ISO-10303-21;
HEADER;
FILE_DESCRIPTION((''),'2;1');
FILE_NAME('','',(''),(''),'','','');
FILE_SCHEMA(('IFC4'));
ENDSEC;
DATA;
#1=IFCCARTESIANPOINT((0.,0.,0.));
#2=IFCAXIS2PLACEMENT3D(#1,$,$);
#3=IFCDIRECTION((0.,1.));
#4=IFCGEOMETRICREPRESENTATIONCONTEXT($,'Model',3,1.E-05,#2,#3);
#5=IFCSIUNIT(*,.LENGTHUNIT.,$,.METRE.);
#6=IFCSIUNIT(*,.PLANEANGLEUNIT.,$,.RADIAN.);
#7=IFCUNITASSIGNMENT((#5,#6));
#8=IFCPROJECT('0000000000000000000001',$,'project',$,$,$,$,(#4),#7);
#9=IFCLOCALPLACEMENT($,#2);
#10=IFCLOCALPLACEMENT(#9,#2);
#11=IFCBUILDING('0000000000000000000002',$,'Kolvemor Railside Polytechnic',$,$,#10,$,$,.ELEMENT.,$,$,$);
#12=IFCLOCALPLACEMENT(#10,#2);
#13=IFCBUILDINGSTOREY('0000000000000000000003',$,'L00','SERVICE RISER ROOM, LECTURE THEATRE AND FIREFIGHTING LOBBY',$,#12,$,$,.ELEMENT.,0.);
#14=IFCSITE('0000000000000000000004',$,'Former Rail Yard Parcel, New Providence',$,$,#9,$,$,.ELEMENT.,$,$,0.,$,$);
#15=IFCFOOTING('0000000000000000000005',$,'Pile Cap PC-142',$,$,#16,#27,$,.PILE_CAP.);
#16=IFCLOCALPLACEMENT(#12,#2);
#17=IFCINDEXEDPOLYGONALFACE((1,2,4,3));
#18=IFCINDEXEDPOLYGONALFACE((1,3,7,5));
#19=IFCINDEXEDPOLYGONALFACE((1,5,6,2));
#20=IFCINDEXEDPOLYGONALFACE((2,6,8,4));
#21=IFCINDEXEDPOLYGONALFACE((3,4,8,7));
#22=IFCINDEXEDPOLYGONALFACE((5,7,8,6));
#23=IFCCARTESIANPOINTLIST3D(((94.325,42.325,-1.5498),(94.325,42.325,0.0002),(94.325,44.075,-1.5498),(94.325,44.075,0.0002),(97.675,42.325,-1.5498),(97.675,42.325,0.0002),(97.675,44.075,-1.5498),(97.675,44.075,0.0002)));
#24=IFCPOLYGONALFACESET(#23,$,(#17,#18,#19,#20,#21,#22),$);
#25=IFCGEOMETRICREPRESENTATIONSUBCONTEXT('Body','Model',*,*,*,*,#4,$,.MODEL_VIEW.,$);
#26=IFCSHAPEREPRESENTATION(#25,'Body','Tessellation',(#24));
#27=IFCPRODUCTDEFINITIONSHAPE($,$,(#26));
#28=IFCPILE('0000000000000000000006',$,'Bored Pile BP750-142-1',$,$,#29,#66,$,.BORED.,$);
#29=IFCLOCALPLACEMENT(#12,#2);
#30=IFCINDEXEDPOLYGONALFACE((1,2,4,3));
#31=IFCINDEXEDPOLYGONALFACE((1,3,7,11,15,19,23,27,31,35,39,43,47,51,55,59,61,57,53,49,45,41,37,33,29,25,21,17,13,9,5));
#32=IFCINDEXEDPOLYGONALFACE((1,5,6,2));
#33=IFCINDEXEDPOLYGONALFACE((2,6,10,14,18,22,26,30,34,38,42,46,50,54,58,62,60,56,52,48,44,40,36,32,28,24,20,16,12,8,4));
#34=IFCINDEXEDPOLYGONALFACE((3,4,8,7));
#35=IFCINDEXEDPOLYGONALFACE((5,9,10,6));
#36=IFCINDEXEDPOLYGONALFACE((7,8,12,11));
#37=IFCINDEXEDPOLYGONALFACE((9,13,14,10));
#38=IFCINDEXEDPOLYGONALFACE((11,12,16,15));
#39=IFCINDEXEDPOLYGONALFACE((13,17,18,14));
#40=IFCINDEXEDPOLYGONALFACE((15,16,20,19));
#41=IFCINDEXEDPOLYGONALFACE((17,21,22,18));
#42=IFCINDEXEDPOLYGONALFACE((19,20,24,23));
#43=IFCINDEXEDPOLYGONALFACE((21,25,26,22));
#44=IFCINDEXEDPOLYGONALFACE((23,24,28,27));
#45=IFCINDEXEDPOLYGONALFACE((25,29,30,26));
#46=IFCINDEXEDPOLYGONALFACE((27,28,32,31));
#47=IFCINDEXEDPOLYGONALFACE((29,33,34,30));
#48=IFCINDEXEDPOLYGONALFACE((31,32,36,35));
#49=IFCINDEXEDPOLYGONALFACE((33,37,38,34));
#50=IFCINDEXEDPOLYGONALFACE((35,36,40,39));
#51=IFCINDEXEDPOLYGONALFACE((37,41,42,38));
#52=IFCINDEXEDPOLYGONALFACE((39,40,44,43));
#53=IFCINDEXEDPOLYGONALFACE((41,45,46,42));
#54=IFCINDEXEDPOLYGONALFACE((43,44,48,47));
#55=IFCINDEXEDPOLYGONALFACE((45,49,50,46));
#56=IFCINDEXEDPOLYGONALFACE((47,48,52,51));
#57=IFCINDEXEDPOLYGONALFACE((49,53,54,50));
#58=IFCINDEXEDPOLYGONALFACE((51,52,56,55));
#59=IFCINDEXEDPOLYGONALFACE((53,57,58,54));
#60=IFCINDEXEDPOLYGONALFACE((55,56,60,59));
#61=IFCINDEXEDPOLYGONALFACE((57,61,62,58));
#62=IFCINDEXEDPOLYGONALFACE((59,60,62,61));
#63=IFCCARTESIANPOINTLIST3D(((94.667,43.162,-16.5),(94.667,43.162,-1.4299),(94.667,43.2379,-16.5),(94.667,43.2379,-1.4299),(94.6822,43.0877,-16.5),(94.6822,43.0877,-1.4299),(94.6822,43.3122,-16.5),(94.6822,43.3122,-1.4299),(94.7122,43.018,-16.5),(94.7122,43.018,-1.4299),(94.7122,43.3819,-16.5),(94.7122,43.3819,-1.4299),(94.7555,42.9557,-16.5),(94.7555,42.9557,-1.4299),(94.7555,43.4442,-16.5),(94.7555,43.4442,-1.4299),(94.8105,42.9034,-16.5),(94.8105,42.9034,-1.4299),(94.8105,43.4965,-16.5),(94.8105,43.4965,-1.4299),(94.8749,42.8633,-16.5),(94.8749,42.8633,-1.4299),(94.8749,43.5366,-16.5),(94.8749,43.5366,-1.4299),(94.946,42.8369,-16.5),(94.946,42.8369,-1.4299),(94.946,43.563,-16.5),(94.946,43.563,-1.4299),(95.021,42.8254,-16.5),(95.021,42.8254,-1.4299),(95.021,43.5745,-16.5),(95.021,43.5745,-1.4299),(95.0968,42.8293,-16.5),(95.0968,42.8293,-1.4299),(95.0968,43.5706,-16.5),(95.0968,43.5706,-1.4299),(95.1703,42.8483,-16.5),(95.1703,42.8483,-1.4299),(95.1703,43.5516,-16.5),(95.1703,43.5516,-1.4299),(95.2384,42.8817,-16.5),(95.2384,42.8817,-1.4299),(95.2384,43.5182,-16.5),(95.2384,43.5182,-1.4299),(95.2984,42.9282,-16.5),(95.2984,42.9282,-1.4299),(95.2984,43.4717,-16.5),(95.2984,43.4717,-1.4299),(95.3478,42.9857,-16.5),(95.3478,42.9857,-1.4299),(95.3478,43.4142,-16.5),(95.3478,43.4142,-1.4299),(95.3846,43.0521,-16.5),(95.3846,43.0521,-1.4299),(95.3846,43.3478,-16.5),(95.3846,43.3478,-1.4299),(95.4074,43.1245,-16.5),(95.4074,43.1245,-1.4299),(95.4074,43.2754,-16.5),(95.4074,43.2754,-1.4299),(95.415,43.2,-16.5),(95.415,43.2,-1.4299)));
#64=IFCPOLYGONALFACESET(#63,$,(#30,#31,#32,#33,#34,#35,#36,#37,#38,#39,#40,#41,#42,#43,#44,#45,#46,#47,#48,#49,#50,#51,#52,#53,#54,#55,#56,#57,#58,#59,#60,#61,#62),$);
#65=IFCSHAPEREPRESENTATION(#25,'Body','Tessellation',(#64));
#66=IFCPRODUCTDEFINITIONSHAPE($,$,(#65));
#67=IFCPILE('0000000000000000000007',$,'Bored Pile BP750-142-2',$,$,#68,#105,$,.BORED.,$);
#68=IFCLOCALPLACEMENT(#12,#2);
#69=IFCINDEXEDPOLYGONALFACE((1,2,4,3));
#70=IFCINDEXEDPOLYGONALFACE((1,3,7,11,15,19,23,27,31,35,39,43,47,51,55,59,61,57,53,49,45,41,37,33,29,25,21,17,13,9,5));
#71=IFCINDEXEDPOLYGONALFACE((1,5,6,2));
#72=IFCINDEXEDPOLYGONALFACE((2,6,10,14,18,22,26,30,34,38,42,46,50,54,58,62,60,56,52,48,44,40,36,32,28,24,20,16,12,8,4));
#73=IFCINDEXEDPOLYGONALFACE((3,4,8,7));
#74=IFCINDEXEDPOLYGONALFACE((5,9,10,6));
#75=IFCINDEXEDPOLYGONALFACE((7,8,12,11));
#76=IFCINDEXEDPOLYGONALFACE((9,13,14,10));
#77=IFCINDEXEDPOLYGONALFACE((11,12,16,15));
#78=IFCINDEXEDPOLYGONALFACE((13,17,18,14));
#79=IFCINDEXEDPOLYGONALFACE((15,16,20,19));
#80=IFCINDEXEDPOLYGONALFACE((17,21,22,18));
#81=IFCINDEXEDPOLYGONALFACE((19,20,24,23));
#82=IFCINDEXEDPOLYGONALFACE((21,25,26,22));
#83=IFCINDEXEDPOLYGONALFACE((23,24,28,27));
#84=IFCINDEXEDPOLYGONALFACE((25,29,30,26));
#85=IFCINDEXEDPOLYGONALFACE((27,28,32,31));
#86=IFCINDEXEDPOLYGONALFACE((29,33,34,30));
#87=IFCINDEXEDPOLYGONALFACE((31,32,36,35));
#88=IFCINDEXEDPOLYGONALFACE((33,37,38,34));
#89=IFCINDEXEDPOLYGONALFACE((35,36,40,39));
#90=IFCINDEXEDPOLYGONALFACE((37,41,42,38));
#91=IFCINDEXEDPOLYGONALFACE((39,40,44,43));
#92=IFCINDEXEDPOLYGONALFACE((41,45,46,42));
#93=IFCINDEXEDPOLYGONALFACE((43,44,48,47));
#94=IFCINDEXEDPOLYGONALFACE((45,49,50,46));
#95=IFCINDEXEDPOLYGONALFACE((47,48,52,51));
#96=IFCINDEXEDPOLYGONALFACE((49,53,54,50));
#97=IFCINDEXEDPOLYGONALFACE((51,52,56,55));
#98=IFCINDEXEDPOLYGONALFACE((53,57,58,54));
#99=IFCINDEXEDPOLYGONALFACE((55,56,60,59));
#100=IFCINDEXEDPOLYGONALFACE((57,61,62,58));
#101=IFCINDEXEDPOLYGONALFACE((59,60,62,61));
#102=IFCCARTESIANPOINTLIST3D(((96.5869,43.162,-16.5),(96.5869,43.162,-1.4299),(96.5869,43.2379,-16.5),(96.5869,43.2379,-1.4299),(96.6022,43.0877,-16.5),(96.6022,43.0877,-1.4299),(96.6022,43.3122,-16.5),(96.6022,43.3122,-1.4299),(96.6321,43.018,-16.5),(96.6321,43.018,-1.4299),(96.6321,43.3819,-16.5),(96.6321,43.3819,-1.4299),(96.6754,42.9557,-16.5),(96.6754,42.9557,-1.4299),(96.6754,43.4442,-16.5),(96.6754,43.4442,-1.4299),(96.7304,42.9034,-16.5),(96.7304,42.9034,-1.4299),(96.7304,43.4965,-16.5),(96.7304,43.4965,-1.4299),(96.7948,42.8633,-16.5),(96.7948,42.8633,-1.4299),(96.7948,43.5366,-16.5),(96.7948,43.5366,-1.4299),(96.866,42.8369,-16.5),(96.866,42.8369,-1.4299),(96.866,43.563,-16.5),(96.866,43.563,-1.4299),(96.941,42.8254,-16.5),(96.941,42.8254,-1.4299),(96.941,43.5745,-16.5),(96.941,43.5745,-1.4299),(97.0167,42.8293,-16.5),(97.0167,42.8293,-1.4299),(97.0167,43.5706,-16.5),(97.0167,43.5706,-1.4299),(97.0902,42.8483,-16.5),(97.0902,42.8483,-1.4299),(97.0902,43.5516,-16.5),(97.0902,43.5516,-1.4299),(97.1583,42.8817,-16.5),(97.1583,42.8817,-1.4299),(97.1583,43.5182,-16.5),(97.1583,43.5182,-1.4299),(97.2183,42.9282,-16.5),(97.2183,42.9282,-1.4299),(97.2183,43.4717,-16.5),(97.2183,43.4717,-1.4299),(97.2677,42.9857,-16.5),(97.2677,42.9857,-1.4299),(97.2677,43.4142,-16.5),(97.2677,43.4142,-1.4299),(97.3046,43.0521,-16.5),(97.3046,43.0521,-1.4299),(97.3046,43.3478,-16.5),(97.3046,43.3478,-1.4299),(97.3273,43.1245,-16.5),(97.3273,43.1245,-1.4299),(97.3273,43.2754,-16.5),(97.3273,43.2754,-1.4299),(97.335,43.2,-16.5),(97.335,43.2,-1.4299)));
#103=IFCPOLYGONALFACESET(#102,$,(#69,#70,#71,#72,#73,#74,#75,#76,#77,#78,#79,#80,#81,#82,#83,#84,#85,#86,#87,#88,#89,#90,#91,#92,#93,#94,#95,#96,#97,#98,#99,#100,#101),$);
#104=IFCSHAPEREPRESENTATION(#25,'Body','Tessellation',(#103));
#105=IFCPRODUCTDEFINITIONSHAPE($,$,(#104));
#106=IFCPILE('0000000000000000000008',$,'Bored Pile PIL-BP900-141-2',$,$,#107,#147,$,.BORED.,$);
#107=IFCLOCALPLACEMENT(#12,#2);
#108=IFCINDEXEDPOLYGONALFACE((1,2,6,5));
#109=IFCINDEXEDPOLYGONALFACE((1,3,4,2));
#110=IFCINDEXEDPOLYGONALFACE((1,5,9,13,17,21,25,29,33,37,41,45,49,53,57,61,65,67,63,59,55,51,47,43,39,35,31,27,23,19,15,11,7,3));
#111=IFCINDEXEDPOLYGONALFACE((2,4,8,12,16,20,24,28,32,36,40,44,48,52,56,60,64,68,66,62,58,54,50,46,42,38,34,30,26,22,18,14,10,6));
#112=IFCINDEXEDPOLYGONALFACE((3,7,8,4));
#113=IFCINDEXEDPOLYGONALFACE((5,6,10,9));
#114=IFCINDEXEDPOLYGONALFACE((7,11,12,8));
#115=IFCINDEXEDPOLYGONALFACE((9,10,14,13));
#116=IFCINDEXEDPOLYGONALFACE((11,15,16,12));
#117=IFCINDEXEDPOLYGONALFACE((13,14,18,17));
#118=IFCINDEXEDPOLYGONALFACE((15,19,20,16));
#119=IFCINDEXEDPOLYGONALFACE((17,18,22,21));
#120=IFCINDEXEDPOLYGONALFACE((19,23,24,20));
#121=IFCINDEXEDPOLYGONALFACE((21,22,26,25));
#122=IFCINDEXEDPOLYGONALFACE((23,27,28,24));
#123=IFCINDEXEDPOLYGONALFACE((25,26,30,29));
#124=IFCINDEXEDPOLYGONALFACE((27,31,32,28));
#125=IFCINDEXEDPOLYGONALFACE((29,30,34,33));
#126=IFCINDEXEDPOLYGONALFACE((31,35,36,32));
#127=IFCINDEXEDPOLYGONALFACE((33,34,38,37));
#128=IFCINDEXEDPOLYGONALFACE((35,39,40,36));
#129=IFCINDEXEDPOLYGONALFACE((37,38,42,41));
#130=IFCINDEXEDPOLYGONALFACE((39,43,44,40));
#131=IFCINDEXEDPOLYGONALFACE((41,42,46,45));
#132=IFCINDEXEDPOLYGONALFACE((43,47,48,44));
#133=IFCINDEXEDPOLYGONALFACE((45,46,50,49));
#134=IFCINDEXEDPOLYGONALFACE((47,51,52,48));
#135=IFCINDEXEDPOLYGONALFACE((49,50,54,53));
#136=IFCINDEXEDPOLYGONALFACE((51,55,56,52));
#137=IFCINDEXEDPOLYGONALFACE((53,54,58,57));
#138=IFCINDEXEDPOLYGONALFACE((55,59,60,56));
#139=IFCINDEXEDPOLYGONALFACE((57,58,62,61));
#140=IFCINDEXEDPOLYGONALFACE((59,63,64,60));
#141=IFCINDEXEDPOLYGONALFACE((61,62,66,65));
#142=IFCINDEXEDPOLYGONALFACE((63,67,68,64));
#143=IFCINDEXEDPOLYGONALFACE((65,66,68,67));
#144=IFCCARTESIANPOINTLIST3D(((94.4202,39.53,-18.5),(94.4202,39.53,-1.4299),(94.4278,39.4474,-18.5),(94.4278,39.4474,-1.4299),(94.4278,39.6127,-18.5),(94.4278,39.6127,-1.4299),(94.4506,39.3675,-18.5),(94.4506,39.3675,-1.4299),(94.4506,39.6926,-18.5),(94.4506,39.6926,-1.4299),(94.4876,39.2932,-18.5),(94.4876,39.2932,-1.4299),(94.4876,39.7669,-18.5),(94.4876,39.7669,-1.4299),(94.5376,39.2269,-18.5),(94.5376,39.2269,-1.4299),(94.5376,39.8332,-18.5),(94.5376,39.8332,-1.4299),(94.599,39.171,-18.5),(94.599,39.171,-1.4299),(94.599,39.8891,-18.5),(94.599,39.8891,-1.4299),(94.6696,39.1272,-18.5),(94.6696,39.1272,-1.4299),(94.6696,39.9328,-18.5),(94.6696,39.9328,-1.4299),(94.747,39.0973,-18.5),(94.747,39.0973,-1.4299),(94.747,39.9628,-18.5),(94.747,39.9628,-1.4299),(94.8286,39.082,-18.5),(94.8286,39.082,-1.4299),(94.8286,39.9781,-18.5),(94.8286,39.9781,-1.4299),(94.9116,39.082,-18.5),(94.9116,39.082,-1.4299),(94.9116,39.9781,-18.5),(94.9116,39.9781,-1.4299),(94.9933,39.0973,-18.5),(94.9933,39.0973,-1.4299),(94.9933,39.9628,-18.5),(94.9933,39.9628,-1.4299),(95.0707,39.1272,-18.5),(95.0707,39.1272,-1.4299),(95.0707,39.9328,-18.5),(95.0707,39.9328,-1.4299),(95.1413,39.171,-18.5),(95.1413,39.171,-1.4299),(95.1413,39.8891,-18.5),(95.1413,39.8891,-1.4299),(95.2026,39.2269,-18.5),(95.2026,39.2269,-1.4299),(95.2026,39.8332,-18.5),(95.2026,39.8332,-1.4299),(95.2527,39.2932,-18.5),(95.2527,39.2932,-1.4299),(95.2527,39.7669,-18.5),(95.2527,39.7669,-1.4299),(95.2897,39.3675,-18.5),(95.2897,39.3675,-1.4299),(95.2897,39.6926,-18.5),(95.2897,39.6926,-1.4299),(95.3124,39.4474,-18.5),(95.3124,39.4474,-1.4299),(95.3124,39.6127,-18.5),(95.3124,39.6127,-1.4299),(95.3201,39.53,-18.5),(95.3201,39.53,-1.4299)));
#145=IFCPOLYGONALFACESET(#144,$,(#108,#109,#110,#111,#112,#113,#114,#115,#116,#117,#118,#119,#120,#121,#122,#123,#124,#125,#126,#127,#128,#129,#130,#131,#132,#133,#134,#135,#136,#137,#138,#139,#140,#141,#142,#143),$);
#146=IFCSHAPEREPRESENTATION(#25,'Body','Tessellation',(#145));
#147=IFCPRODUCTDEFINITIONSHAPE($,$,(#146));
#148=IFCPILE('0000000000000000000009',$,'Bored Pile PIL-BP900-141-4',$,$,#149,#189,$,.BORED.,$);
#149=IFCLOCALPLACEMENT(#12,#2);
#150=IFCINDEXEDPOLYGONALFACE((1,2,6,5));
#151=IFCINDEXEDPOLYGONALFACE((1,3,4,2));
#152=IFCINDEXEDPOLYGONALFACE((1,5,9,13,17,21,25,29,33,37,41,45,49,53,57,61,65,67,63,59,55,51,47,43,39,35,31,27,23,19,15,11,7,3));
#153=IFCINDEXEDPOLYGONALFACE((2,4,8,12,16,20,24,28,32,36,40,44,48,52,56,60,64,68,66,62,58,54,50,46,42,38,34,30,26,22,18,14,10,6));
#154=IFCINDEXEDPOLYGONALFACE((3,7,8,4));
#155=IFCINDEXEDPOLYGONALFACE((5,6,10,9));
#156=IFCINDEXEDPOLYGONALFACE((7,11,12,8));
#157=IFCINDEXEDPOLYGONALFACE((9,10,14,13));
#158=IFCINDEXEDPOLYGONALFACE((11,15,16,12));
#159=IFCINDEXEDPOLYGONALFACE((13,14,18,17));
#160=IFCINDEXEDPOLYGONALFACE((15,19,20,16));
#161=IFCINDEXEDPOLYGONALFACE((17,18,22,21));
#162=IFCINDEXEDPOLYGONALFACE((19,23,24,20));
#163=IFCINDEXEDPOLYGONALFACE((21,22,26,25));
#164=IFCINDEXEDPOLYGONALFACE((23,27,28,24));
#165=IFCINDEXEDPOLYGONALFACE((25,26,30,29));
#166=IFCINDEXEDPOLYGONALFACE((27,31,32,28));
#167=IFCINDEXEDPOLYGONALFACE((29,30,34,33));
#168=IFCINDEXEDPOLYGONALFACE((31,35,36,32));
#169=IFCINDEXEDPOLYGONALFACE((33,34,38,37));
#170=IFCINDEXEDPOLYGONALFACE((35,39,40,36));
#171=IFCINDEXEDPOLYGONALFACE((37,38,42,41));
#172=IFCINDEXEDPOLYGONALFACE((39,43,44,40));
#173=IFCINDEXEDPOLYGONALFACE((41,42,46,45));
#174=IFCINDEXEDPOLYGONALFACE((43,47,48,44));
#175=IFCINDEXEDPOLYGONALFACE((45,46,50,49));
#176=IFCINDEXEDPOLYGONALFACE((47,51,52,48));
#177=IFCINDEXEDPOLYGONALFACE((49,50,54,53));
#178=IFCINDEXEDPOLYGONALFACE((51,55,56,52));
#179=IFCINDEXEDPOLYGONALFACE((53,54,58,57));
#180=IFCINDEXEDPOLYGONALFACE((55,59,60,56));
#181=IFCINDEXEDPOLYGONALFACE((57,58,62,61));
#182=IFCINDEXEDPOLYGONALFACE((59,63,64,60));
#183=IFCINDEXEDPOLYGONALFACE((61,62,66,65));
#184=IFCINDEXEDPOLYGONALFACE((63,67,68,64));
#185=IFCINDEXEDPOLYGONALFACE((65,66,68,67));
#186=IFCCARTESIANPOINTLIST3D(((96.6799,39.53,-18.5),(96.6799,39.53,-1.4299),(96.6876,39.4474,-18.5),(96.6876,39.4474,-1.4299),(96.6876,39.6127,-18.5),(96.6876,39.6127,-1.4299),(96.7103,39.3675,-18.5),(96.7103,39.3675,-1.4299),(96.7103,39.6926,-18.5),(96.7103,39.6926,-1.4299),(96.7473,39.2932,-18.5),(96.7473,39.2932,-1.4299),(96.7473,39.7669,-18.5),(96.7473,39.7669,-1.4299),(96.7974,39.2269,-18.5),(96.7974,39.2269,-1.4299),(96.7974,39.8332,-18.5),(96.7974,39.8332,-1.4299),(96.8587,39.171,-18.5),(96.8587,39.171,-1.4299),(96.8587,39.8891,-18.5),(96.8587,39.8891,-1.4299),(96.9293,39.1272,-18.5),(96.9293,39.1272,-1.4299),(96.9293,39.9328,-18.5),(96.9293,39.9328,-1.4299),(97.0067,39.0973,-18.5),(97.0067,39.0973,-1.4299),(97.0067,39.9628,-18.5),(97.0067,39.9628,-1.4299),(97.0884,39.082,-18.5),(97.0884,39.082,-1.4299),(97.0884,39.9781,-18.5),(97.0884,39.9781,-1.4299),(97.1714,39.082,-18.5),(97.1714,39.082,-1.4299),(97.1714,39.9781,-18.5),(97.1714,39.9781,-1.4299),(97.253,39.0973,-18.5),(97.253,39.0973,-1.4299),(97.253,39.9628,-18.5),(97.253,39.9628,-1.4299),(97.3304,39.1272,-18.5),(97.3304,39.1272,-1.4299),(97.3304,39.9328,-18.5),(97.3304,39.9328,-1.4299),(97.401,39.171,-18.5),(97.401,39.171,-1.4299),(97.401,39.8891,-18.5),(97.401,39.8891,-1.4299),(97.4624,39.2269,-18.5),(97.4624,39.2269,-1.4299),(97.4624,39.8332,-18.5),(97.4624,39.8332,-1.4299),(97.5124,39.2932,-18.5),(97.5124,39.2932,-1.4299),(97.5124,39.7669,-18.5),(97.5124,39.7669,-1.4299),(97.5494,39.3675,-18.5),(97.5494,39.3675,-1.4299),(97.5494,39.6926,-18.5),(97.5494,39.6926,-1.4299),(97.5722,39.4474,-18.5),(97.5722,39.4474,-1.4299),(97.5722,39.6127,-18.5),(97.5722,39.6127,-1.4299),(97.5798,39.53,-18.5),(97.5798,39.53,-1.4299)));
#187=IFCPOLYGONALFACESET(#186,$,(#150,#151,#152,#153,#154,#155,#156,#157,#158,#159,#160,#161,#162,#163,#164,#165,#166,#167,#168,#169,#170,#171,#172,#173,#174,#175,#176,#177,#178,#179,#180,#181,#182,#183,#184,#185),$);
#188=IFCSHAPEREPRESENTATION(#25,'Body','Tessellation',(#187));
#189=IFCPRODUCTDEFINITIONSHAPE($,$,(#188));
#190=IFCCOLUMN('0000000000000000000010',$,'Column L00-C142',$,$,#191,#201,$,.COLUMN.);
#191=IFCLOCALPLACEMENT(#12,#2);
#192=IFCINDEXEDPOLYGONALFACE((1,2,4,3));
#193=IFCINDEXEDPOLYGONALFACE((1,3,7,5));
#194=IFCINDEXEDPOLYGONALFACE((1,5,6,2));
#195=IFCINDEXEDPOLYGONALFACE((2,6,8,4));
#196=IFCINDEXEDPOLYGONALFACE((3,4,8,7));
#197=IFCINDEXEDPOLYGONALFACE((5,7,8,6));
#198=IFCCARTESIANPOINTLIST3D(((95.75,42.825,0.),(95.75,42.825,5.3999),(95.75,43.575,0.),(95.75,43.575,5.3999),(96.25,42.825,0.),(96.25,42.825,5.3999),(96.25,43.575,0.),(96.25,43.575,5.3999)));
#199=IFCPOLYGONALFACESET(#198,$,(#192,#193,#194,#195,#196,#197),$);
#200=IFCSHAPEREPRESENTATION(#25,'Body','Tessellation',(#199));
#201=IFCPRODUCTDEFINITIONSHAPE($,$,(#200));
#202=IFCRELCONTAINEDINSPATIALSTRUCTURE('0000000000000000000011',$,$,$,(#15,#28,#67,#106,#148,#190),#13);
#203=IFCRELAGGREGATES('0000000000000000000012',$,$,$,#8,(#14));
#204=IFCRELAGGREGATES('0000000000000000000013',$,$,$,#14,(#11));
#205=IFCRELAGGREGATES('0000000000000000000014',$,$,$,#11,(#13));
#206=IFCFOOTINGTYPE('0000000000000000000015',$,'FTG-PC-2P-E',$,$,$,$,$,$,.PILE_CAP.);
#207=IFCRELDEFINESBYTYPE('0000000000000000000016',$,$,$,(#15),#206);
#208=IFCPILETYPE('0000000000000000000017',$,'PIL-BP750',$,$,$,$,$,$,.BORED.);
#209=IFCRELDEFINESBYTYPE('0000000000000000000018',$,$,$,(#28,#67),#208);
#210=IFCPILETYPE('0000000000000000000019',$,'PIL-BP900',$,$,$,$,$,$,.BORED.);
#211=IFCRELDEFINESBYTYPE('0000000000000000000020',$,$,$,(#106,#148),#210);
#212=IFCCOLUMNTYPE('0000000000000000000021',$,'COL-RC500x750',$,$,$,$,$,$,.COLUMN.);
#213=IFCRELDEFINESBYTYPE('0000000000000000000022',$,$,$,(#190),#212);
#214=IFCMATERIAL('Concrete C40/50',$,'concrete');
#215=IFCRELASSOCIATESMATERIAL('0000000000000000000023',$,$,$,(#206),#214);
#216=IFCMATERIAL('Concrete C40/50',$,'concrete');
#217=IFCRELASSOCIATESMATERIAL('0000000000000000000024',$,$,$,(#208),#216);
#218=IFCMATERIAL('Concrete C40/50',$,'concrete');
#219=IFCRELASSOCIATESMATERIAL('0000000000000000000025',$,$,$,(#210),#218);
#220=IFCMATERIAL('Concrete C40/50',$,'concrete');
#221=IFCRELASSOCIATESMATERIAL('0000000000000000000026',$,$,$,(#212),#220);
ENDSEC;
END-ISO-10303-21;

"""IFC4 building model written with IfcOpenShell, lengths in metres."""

from ifc_helpers import new_model, si_unit, direction, frame, origin, origin_2d, place, context, subcontext, project, spatial, rectangle, circle, extrude, material, material_profile, profile_set, type_object, element, save


model = new_model("IFC4")

# Units and contexts
model_context = context("Model", 3, precision=1e-05, world=origin(), true_north=direction((0.0, 1.0)))
body_context = subcontext(model_context, "Body", "Model", "MODEL_VIEW")
ifc_project = project(units=[si_unit("LENGTHUNIT", "METRE"), si_unit("PLANEANGLEUNIT", "RADIAN")], contexts=[model_context])

# Site, building, storey
site_placement = place(None, origin())
site = spatial("IfcSite", under=ifc_project, at=site_placement, Name="Former Rail Yard Parcel, New Providence", CompositionType="ELEMENT", RefElevation=0.0)
building_placement = place(site_placement, origin())
building = spatial("IfcBuilding", under=site, at=building_placement, Name="Kolvemor Railside Polytechnic", CompositionType="ELEMENT")
storey_placement = place(building_placement, origin())
storey = spatial("IfcBuildingStorey", under=building, at=storey_placement, Name="L00", Description="SERVICE RISER ROOM, LECTURE THEATRE AND FIREFIGHTING LOBBY", CompositionType="ELEMENT", Elevation=0.0)

# Footing
ifc_material_1 = material(Name="Concrete C40/50", Category="concrete")
footing_type = type_object("IfcFootingType", Name="FTG-PC-2P-E", PredefinedType="PILE_CAP", material=ifc_material_1)
footing_placement = place(storey_placement, frame((96.0, 43.2, -1.5498), z_axis=(0.0, 0.0, 1.0), x_axis=(1.0, 0.0, 0.0)))
element("IfcFooting", 1, at=footing_placement, inside=storey, type_object=footing_type, Name="Pile Cap PC-142", PredefinedType="PILE_CAP", context=body_context, shape_type="SweptSolid", body=[
    extrude(rectangle(XDim=3.3501, YDim=1.75, at=origin_2d()), origin(), (0.0, 0.0, 1.0), 1.55),
])

# Piles
ifc_material_2 = material(Name="Concrete C40/50", Category="concrete")
ifc_material_profile_1 = material_profile(ifc_material_2, circle(Radius=0.375, at=origin_2d()), Name="BP750")
ifc_profile_set_1 = profile_set([ifc_material_profile_1], Name="Concrete C40/50")
pile_type_1 = type_object("IfcPileType", Name="PIL-BP750", PredefinedType="BORED", material=ifc_profile_set_1)
for number, where, z_axis, x_axis, name in (
    (2, (95.04, 43.2, -1.4299), (0.0, 0.0, -1.0), (1.0, 0.0, 0.0), "Bored Pile BP750-142-1"),
    (3, (96.96, 43.2, -1.4299), (0.0, 0.0, -1.0), (1.0, 0.0, 0.0), "Bored Pile BP750-142-2"),
):
    element("IfcPile", number, at=place(storey_placement, frame(where, z_axis=z_axis, x_axis=x_axis)), inside=storey, type_object=pile_type_1, Name=name, PredefinedType="BORED", context=body_context, shape_type="SweptSolid", body=[
        extrude(circle(Radius=0.375, at=origin_2d()), origin(), (0.0, 0.0, 1.0), 15.0701),
    ])
ifc_material_3 = material(Name="Concrete C40/50", Category="concrete")
ifc_material_profile_2 = material_profile(ifc_material_3, circle(Radius=0.45, at=origin_2d()), Name="BP900")
ifc_profile_set_2 = profile_set([ifc_material_profile_2], Name="Concrete C40/50")
pile_type_2 = type_object("IfcPileType", Name="PIL-BP900", PredefinedType="BORED", material=ifc_profile_set_2)
for number, where, z_axis, x_axis, name in (
    (4, (94.8701, 39.53, -1.4299), (0.0, 0.0, -1.0), (1.0, 0.0, 0.0), "Bored Pile PIL-BP900-141-2"),
    (5, (97.1299, 39.53, -1.4299), (0.0, 0.0, -1.0), (1.0, 0.0, 0.0), "Bored Pile PIL-BP900-141-4"),
):
    element("IfcPile", number, at=place(storey_placement, frame(where, z_axis=z_axis, x_axis=x_axis)), inside=storey, type_object=pile_type_2, Name=name, PredefinedType="BORED", context=body_context, shape_type="SweptSolid", body=[
        extrude(circle(Radius=0.45, at=origin_2d()), origin(), (0.0, 0.0, 1.0), 17.0701),
    ])

# Column
ifc_material_4 = material(Name="Concrete C40/50", Category="concrete")
ifc_material_profile_3 = material_profile(ifc_material_4, rectangle(XDim=0.5, YDim=0.75, at=origin_2d()), Name="RC500x750")
ifc_profile_set_3 = profile_set([ifc_material_profile_3], Name="Concrete C40/50")
column_type = type_object("IfcColumnType", Name="COL-RC500x750", PredefinedType="COLUMN", material=ifc_profile_set_3)
column_placement = place(storey_placement, frame((96.0, 43.2, 0.0), z_axis=(0.0, 0.0, 1.0), x_axis=(1.0, 0.0, 0.0)))
element("IfcColumn", 6, at=column_placement, inside=storey, type_object=column_type, Name="Column L00-C142", PredefinedType="COLUMN", context=body_context, shape_type="SweptSolid", body=[
    extrude(rectangle(XDim=0.5, YDim=0.75, at=origin_2d()), origin(), (0.0, 0.0, 1.0), 5.3999),
])

save(model, "model.ifc")
